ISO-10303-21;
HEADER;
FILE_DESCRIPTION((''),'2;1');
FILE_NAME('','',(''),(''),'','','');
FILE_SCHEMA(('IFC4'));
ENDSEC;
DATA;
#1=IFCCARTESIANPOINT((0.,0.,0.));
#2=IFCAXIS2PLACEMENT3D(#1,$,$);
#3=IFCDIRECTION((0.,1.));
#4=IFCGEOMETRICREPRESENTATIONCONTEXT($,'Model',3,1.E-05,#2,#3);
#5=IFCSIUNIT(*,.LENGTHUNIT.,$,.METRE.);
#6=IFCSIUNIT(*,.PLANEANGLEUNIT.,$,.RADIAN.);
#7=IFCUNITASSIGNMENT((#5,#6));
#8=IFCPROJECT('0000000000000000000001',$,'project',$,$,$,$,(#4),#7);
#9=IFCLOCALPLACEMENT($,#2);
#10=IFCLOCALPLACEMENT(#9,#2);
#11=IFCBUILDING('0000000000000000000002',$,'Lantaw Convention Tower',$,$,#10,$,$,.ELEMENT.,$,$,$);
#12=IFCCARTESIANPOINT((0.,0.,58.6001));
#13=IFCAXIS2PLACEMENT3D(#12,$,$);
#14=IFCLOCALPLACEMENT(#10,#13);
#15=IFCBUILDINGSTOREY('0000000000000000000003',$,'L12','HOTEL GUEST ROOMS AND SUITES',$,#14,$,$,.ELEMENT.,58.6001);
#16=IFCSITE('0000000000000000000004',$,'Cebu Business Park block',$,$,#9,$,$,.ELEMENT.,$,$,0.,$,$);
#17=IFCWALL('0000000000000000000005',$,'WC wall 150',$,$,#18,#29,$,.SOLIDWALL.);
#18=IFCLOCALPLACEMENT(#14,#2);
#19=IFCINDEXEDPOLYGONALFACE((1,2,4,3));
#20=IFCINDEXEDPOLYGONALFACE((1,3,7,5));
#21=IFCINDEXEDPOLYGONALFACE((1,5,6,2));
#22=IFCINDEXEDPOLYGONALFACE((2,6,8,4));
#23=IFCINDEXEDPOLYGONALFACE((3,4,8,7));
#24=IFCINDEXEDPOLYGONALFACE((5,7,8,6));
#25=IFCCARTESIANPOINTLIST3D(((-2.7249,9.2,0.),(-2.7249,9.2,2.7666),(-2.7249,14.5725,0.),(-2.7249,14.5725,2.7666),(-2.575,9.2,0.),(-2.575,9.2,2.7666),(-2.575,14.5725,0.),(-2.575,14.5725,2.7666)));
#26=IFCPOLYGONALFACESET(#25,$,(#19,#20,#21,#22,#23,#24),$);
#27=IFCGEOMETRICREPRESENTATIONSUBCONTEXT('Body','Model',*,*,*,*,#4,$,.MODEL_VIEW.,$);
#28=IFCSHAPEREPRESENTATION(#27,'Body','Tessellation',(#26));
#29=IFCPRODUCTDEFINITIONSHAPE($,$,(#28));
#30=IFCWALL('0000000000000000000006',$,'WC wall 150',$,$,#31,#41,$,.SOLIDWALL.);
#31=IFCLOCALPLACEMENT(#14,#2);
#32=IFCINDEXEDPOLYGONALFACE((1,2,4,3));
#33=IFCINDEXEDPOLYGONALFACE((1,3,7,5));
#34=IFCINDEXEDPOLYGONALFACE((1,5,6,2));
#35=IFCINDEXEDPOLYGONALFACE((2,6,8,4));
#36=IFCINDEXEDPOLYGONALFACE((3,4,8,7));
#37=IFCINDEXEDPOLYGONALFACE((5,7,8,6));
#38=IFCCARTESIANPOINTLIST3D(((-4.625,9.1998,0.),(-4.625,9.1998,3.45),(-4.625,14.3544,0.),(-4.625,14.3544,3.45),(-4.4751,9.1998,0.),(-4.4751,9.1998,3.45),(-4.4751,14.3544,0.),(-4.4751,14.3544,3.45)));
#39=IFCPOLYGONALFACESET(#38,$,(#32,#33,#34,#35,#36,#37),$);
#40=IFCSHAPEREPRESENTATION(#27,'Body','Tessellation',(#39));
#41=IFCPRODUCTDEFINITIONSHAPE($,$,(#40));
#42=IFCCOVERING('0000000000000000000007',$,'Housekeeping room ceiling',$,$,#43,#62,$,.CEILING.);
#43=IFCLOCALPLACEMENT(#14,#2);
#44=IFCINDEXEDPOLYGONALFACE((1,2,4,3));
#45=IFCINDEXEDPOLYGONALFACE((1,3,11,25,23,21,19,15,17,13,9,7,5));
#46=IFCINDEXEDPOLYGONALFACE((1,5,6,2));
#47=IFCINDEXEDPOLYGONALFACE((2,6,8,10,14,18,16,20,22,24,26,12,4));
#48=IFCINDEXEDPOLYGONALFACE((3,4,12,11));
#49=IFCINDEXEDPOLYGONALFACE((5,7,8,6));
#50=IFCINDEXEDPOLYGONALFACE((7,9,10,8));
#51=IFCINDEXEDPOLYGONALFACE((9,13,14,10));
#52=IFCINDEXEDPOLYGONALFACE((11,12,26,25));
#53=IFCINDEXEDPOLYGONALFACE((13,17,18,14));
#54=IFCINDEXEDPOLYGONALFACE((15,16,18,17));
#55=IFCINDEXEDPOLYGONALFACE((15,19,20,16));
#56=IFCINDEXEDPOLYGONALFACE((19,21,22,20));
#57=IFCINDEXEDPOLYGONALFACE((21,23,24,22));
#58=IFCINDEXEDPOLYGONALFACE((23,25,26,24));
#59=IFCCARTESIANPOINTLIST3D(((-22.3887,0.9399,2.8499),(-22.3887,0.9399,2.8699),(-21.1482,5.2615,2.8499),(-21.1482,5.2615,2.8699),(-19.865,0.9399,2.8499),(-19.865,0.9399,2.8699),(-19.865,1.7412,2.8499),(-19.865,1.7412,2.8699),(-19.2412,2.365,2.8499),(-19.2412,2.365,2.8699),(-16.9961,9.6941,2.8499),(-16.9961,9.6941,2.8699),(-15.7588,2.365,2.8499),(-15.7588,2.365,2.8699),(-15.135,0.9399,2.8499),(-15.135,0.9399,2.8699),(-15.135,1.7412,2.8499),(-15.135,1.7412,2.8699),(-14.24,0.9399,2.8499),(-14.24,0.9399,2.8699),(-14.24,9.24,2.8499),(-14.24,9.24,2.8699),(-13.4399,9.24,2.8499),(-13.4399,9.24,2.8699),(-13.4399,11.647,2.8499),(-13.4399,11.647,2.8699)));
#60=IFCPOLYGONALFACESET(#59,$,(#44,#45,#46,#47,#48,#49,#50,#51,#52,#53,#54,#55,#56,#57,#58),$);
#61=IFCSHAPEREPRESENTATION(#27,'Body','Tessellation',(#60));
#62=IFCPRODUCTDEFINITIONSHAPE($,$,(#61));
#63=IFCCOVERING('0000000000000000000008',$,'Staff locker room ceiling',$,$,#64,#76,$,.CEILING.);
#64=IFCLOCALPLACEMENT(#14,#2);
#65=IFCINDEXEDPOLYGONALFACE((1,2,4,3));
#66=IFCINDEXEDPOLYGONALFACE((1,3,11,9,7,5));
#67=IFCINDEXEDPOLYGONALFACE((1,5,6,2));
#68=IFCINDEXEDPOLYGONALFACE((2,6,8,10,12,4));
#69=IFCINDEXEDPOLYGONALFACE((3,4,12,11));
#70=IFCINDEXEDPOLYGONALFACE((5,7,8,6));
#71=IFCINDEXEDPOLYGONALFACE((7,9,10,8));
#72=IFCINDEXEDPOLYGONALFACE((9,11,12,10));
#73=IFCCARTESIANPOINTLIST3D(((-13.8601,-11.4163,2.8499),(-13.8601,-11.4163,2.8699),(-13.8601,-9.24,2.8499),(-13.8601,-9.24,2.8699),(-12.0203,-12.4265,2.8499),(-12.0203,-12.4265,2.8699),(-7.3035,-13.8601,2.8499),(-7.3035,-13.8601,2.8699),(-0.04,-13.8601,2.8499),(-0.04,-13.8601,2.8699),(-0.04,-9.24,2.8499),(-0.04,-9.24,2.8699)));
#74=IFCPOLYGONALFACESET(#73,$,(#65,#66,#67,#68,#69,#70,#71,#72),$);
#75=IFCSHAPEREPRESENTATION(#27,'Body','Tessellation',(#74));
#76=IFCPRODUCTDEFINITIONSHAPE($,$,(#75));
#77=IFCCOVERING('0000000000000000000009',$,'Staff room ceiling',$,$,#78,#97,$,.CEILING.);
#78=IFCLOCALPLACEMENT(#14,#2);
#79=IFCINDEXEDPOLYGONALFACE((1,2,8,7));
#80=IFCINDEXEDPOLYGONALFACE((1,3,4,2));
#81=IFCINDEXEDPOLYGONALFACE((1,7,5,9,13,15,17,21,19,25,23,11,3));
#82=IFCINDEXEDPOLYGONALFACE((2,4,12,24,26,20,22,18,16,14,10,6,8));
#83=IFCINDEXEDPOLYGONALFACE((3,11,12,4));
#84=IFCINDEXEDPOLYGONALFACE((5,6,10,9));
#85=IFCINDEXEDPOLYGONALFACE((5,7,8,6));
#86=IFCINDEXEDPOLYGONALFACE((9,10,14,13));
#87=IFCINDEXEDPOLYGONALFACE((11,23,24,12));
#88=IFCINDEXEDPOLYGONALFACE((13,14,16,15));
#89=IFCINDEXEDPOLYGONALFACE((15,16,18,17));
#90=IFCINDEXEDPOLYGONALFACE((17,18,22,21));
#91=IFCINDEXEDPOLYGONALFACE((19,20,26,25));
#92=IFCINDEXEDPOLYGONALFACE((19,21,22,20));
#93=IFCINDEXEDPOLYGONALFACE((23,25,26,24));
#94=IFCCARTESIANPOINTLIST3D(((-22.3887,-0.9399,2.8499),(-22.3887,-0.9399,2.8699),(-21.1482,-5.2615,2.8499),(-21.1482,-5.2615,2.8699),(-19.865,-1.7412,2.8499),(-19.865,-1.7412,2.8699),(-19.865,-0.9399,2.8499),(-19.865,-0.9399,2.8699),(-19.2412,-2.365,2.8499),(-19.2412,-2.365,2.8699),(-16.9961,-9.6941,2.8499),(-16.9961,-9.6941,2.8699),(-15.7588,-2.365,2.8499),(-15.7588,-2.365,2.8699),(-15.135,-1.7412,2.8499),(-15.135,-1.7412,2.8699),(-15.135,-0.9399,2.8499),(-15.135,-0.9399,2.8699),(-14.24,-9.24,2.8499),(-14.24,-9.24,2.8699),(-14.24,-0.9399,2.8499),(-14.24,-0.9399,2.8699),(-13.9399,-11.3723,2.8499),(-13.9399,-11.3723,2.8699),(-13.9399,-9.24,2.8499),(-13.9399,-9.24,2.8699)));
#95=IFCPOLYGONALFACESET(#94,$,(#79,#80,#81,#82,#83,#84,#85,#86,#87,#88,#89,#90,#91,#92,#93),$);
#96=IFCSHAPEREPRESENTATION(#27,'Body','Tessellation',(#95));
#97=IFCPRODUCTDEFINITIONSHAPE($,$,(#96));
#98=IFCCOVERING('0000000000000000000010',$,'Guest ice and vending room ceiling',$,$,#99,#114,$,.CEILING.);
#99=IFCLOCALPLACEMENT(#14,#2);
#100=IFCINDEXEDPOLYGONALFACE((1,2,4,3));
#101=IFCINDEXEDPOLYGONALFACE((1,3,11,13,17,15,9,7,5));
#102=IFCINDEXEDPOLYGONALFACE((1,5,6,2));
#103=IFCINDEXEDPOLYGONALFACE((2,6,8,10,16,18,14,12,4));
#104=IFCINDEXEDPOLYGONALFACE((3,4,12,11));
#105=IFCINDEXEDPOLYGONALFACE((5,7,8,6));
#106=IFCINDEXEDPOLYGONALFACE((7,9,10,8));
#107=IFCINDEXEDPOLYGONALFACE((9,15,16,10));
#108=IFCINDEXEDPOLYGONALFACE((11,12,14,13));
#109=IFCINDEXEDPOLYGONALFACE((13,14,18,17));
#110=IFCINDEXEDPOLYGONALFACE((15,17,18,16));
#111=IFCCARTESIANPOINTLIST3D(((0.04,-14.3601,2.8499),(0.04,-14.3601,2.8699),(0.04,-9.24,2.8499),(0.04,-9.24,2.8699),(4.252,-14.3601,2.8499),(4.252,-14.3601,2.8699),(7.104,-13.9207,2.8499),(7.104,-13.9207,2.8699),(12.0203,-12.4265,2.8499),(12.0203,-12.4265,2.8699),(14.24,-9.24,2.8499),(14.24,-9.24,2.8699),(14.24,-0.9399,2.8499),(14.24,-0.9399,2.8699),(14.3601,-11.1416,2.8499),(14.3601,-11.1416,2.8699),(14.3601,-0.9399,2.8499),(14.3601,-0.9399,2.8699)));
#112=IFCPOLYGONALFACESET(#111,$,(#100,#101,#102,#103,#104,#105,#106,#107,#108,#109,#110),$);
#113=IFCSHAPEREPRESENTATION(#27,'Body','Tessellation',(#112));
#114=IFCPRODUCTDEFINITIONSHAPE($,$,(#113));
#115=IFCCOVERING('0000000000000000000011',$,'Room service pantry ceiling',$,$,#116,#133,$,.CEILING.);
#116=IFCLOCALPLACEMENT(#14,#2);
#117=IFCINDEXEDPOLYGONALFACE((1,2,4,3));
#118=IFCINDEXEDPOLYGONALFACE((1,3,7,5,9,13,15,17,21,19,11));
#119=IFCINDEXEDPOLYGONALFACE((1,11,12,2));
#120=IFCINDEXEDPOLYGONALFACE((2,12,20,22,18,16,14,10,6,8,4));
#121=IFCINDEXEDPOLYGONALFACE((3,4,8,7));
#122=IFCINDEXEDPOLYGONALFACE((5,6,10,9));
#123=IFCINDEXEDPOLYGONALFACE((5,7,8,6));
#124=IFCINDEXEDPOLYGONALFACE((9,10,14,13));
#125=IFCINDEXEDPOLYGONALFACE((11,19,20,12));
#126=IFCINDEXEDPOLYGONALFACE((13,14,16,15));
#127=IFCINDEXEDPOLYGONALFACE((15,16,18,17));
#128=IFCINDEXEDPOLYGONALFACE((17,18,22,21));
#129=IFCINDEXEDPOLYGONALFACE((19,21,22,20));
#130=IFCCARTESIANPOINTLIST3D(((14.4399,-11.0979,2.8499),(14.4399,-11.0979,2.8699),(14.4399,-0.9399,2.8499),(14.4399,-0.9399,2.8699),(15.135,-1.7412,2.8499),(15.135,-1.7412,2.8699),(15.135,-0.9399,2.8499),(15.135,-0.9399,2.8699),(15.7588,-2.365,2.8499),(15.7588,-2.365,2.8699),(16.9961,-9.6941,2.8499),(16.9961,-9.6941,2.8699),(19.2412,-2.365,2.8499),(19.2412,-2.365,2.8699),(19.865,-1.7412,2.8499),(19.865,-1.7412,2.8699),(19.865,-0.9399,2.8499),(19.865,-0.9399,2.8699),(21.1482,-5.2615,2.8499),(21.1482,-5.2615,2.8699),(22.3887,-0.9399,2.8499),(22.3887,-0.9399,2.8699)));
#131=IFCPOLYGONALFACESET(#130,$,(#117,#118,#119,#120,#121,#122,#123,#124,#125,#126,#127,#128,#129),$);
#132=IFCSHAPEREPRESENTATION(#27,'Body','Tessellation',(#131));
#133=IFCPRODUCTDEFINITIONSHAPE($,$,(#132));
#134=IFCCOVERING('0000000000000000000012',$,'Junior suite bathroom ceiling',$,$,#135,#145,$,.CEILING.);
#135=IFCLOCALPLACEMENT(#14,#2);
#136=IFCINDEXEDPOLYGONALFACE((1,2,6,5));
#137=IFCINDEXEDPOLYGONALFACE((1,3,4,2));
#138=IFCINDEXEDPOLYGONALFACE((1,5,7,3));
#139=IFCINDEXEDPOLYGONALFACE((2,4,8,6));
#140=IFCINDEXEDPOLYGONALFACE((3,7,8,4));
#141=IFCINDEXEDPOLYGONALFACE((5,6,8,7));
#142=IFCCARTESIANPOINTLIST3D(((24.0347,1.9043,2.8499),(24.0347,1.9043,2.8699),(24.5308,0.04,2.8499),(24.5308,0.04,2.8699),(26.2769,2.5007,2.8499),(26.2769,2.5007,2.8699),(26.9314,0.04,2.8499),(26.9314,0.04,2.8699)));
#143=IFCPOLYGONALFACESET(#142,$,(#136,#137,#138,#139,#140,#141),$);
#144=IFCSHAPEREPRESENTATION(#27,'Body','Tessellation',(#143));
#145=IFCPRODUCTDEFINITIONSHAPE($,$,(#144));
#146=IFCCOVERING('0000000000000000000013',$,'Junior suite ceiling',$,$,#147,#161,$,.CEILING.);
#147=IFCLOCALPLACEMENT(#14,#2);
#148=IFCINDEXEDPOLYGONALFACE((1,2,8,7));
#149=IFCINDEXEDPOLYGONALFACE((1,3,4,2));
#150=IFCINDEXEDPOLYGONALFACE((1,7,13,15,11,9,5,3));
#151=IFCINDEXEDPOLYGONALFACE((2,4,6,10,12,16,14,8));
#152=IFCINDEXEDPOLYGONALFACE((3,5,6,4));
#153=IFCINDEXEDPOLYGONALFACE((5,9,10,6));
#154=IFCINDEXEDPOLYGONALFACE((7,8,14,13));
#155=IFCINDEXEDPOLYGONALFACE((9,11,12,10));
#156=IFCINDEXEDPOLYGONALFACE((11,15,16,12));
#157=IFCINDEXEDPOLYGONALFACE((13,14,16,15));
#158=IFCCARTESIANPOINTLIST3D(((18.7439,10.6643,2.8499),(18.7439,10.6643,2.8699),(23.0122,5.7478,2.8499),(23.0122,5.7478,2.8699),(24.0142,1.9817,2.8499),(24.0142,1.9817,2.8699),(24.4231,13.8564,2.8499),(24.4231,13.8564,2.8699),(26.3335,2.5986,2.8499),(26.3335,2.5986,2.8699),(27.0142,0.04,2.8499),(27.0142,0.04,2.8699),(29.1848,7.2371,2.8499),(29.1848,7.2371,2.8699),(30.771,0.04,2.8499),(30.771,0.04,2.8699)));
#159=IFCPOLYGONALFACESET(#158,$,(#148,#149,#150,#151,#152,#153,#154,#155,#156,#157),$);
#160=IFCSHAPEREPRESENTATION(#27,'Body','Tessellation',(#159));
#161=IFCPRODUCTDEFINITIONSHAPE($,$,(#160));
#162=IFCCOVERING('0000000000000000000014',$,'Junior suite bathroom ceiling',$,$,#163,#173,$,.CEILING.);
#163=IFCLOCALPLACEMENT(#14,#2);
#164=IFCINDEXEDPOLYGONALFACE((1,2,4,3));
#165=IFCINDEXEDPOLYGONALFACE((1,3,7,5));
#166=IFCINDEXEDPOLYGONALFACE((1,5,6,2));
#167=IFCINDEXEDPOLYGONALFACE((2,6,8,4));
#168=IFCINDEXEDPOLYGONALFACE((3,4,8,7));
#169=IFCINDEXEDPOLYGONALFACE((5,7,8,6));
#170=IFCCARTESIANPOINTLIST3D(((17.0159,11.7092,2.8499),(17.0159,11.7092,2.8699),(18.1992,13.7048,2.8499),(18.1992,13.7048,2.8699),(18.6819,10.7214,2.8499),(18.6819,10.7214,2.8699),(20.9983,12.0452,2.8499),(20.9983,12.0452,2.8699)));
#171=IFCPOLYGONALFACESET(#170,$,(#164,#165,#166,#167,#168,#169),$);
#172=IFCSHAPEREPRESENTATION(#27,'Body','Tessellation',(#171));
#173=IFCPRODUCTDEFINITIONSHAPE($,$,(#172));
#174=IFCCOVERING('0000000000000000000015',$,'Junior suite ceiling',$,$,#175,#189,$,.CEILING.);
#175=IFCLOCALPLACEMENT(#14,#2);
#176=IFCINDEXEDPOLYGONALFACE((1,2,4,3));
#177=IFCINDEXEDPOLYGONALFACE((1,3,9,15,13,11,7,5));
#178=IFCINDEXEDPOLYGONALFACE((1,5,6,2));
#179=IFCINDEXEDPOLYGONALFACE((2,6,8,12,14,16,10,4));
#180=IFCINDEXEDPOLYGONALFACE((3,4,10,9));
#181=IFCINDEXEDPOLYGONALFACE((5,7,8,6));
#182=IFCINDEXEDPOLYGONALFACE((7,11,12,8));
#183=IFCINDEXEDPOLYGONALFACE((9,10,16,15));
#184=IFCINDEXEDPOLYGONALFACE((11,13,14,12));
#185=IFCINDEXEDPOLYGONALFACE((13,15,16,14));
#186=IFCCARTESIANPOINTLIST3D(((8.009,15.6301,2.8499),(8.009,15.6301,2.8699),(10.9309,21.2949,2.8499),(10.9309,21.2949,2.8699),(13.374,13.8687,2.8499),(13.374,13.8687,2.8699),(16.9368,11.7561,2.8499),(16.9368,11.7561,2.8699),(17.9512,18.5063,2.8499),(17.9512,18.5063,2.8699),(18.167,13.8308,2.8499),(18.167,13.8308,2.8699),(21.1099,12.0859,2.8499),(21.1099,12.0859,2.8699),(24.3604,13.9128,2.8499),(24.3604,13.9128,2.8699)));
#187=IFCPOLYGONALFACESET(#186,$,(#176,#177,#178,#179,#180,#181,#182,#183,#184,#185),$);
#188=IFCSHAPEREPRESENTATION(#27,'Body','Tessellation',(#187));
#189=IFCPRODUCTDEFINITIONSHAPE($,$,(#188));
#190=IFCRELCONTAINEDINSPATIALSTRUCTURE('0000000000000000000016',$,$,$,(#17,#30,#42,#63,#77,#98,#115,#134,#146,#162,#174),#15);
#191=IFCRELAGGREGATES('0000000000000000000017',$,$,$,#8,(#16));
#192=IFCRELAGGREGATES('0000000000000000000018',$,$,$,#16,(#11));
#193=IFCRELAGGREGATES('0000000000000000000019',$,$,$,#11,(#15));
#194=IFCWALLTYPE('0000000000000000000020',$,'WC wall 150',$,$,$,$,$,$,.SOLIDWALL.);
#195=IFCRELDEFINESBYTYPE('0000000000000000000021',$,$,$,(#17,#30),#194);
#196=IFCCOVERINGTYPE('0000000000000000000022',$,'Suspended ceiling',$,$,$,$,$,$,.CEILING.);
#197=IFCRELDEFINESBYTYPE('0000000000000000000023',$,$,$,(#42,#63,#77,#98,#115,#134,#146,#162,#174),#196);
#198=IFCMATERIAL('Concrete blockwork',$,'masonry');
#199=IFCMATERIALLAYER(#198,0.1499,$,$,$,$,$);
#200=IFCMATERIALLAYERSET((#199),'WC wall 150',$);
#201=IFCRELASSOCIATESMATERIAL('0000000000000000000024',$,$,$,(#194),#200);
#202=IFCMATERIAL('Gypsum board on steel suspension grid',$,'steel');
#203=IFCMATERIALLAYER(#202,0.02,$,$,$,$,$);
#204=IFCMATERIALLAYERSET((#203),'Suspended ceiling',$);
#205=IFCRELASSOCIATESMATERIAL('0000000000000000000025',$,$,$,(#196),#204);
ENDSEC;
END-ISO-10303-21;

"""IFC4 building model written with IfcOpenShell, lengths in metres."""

from ifc_helpers import new_model, si_unit, direction, frame, frame_2d, origin, place, context, subcontext, project, spatial, polyline, rectangle, outline, extrude, material, layer, layer_set, type_object, element, save


model = new_model("IFC4")

# Units and contexts
model_context = context("Model", 3, precision=1e-05, world=origin(), true_north=direction((0.0, 1.0)))
body_context = subcontext(model_context, "Body", "Model", "MODEL_VIEW")
ifc_project = project(units=[si_unit("LENGTHUNIT", "METRE"), si_unit("PLANEANGLEUNIT", "RADIAN")], contexts=[model_context])

# Site, building, storey
site_placement = place(None, origin())
site = spatial("IfcSite", under=ifc_project, at=site_placement, Name="Cebu Business Park block", CompositionType="ELEMENT", RefElevation=0.0)
building_placement = place(site_placement, origin())
building = spatial("IfcBuilding", under=site, at=building_placement, Name="Lantaw Convention Tower", CompositionType="ELEMENT")
storey_placement = place(building_placement, frame((0.0, 0.0, 58.6001)))
storey = spatial("IfcBuildingStorey", under=building, at=storey_placement, Name="L12", Description="HOTEL GUEST ROOMS AND SUITES", CompositionType="ELEMENT", Elevation=58.6001)

# Walls
ifc_material_1 = material(Name="Concrete blockwork", Category="masonry")
ifc_layer_1 = layer(ifc_material_1, 0.1499)
ifc_layer_set_1 = layer_set([ifc_layer_1], Name="WC wall 150")
wall_type_1 = type_object("IfcWallType", Name="WC wall 150", PredefinedType="SOLIDWALL", material=ifc_layer_set_1)
wall_1_placement = place(storey_placement, frame((-2.6499, 9.2, 0.0), z_axis=(0.0, 0.0, 1.0), x_axis=(0.0, 1.0, 0.0)))
element("IfcWall", 1, at=wall_1_placement, inside=storey, type_object=wall_type_1, Name="WC wall 150", PredefinedType="SOLIDWALL", context=body_context, shape_type="SweptSolid", body=[
    extrude(rectangle(XDim=5.3726, YDim=0.1499, at=frame_2d((2.6863, 0.0))), origin(), (0.0, 0.0, 1.0), 2.7666),
])
wall_2_placement = place(storey_placement, frame((-4.55, 9.2, 0.0), z_axis=(0.0, 0.0, 1.0), x_axis=(0.0, 1.0, 0.0)))
element("IfcWall", 2, at=wall_2_placement, inside=storey, type_object=wall_type_1, Name="WC wall 150", PredefinedType="SOLIDWALL", context=body_context, shape_type="SweptSolid", body=[
    extrude(rectangle(XDim=5.1545, YDim=0.1499, at=frame_2d((2.5771, 0.0))), origin(), (0.0, 0.0, 1.0), 3.45),
])

# Coverings
ifc_material_2 = material(Name="Gypsum board on steel suspension grid", Category="steel")
ifc_layer_2 = layer(ifc_material_2, 0.02)
ifc_layer_set_2 = layer_set([ifc_layer_2], Name="Suspended ceiling")
covering_type = type_object("IfcCoveringType", Name="Suspended ceiling", PredefinedType="CEILING", material=ifc_layer_set_2)
covering_1_placement = place(storey_placement, frame((0.0, 0.0, 2.8499)))
element("IfcCovering", 3, at=covering_1_placement, inside=storey, type_object=covering_type, Name="Housekeeping room ceiling", PredefinedType="CEILING", context=body_context, shape_type="SweptSolid", body=[
    extrude(outline(polyline([(-22.3887, 0.9399), (-19.865, 0.9399), (-19.865, 1.7412), (-19.2412, 2.365), (-15.7588, 2.365), (-15.135, 1.7412), (-15.135, 0.9399), (-14.24, 0.9399), (-14.24, 9.24), (-13.4399, 9.24), (-13.4399, 11.647), (-16.9961, 9.6941), (-21.1482, 5.2615), (-22.3887, 0.9399)])), origin(), (0.0, 0.0, 1.0), 0.02),
])
covering_2_placement = place(storey_placement, frame((0.0, 0.0, 2.8499)))
element("IfcCovering", 4, at=covering_2_placement, inside=storey, type_object=covering_type, Name="Staff locker room ceiling", PredefinedType="CEILING", context=body_context, shape_type="SweptSolid", body=[
    extrude(outline(polyline([(-12.0203, -12.4265), (-7.3035, -13.8601), (-0.04, -13.8601), (-0.04, -9.24), (-13.8601, -9.24), (-13.8601, -11.4163), (-12.0203, -12.4265)])), origin(), (0.0, 0.0, 1.0), 0.02),
])
covering_3_placement = place(storey_placement, frame((0.0, 0.0, 2.8499)))
element("IfcCovering", 5, at=covering_3_placement, inside=storey, type_object=covering_type, Name="Staff room ceiling", PredefinedType="CEILING", context=body_context, shape_type="SweptSolid", body=[
    extrude(outline(polyline([(-22.3887, -0.9399), (-21.1482, -5.2615), (-16.9961, -9.6941), (-13.9399, -11.3723), (-13.9399, -9.24), (-14.24, -9.24), (-14.24, -0.9399), (-15.135, -0.9399), (-15.135, -1.7412), (-15.7588, -2.365), (-19.2412, -2.365), (-19.865, -1.7412), (-19.865, -0.9399), (-22.3887, -0.9399)])), origin(), (0.0, 0.0, 1.0), 0.02),
])
covering_4_placement = place(storey_placement, frame((0.0, 0.0, 2.8499)))
element("IfcCovering", 6, at=covering_4_placement, inside=storey, type_object=covering_type, Name="Guest ice and vending room ceiling", PredefinedType="CEILING", context=body_context, shape_type="SweptSolid", body=[
    extrude(outline(polyline([(7.104, -13.9207), (12.0203, -12.4265), (14.3601, -11.1416), (14.3601, -0.9399), (14.24, -0.9399), (14.24, -9.24), (0.04, -9.24), (0.04, -14.3601), (4.252, -14.3601), (7.104, -13.9207)])), origin(), (0.0, 0.0, 1.0), 0.02),
])
covering_5_placement = place(storey_placement, frame((0.0, 0.0, 2.8499)))
element("IfcCovering", 7, at=covering_5_placement, inside=storey, type_object=covering_type, Name="Room service pantry ceiling", PredefinedType="CEILING", context=body_context, shape_type="SweptSolid", body=[
    extrude(outline(polyline([(22.3887, -0.9399), (19.865, -0.9399), (19.865, -1.7412), (19.2412, -2.365), (15.7588, -2.365), (15.135, -1.7412), (15.135, -0.9399), (14.4399, -0.9399), (14.4399, -11.0979), (16.9961, -9.6941), (21.1482, -5.2615), (22.3887, -0.9399)])), origin(), (0.0, 0.0, 1.0), 0.02),
])
covering_6_placement = place(storey_placement, frame((0.0, 0.0, 2.8499)))
element("IfcCovering", 8, at=covering_6_placement, inside=storey, type_object=covering_type, Name="Junior suite bathroom ceiling", PredefinedType="CEILING", context=body_context, shape_type="SweptSolid", body=[
    extrude(outline(polyline([(24.5308, 0.04), (26.9314, 0.04), (26.2769, 2.5007), (24.0347, 1.9043), (24.5308, 0.04)])), origin(), (0.0, 0.0, 1.0), 0.02),
])
covering_7_placement = place(storey_placement, frame((0.0, 0.0, 2.8499)))
element("IfcCovering", 9, at=covering_7_placement, inside=storey, type_object=covering_type, Name="Junior suite ceiling", PredefinedType="CEILING", context=body_context, shape_type="SweptSolid", body=[
    extrude(outline(polyline([(23.0122, 5.7478), (24.0142, 1.9817), (26.3335, 2.5986), (27.0142, 0.04), (30.771, 0.04), (29.1848, 7.2371), (24.4231, 13.8564), (18.7439, 10.6643), (23.0122, 5.7478)])), origin(), (0.0, 0.0, 1.0), 0.02),
])
covering_8_placement = place(storey_placement, frame((0.0, 0.0, 2.8499)))
element("IfcCovering", 10, at=covering_8_placement, inside=storey, type_object=covering_type, Name="Junior suite bathroom ceiling", PredefinedType="CEILING", context=body_context, shape_type="SweptSolid", body=[
    extrude(outline(polyline([(18.6819, 10.7214), (20.9983, 12.0452), (18.1992, 13.7048), (17.0159, 11.7092), (18.6819, 10.7214)])), origin(), (0.0, 0.0, 1.0), 0.02),
])
covering_9_placement = place(storey_placement, frame((0.0, 0.0, 2.8499)))
element("IfcCovering", 11, at=covering_9_placement, inside=storey, type_object=covering_type, Name="Junior suite ceiling", PredefinedType="CEILING", context=body_context, shape_type="SweptSolid", body=[
    extrude(outline(polyline([(8.009, 15.6301), (13.374, 13.8687), (16.9368, 11.7561), (18.167, 13.8308), (21.1099, 12.0859), (24.3604, 13.9128), (17.9512, 18.5063), (10.9309, 21.2949), (8.009, 15.6301)])), origin(), (0.0, 0.0, 1.0), 0.02),
])

save(model, "model.ifc")
